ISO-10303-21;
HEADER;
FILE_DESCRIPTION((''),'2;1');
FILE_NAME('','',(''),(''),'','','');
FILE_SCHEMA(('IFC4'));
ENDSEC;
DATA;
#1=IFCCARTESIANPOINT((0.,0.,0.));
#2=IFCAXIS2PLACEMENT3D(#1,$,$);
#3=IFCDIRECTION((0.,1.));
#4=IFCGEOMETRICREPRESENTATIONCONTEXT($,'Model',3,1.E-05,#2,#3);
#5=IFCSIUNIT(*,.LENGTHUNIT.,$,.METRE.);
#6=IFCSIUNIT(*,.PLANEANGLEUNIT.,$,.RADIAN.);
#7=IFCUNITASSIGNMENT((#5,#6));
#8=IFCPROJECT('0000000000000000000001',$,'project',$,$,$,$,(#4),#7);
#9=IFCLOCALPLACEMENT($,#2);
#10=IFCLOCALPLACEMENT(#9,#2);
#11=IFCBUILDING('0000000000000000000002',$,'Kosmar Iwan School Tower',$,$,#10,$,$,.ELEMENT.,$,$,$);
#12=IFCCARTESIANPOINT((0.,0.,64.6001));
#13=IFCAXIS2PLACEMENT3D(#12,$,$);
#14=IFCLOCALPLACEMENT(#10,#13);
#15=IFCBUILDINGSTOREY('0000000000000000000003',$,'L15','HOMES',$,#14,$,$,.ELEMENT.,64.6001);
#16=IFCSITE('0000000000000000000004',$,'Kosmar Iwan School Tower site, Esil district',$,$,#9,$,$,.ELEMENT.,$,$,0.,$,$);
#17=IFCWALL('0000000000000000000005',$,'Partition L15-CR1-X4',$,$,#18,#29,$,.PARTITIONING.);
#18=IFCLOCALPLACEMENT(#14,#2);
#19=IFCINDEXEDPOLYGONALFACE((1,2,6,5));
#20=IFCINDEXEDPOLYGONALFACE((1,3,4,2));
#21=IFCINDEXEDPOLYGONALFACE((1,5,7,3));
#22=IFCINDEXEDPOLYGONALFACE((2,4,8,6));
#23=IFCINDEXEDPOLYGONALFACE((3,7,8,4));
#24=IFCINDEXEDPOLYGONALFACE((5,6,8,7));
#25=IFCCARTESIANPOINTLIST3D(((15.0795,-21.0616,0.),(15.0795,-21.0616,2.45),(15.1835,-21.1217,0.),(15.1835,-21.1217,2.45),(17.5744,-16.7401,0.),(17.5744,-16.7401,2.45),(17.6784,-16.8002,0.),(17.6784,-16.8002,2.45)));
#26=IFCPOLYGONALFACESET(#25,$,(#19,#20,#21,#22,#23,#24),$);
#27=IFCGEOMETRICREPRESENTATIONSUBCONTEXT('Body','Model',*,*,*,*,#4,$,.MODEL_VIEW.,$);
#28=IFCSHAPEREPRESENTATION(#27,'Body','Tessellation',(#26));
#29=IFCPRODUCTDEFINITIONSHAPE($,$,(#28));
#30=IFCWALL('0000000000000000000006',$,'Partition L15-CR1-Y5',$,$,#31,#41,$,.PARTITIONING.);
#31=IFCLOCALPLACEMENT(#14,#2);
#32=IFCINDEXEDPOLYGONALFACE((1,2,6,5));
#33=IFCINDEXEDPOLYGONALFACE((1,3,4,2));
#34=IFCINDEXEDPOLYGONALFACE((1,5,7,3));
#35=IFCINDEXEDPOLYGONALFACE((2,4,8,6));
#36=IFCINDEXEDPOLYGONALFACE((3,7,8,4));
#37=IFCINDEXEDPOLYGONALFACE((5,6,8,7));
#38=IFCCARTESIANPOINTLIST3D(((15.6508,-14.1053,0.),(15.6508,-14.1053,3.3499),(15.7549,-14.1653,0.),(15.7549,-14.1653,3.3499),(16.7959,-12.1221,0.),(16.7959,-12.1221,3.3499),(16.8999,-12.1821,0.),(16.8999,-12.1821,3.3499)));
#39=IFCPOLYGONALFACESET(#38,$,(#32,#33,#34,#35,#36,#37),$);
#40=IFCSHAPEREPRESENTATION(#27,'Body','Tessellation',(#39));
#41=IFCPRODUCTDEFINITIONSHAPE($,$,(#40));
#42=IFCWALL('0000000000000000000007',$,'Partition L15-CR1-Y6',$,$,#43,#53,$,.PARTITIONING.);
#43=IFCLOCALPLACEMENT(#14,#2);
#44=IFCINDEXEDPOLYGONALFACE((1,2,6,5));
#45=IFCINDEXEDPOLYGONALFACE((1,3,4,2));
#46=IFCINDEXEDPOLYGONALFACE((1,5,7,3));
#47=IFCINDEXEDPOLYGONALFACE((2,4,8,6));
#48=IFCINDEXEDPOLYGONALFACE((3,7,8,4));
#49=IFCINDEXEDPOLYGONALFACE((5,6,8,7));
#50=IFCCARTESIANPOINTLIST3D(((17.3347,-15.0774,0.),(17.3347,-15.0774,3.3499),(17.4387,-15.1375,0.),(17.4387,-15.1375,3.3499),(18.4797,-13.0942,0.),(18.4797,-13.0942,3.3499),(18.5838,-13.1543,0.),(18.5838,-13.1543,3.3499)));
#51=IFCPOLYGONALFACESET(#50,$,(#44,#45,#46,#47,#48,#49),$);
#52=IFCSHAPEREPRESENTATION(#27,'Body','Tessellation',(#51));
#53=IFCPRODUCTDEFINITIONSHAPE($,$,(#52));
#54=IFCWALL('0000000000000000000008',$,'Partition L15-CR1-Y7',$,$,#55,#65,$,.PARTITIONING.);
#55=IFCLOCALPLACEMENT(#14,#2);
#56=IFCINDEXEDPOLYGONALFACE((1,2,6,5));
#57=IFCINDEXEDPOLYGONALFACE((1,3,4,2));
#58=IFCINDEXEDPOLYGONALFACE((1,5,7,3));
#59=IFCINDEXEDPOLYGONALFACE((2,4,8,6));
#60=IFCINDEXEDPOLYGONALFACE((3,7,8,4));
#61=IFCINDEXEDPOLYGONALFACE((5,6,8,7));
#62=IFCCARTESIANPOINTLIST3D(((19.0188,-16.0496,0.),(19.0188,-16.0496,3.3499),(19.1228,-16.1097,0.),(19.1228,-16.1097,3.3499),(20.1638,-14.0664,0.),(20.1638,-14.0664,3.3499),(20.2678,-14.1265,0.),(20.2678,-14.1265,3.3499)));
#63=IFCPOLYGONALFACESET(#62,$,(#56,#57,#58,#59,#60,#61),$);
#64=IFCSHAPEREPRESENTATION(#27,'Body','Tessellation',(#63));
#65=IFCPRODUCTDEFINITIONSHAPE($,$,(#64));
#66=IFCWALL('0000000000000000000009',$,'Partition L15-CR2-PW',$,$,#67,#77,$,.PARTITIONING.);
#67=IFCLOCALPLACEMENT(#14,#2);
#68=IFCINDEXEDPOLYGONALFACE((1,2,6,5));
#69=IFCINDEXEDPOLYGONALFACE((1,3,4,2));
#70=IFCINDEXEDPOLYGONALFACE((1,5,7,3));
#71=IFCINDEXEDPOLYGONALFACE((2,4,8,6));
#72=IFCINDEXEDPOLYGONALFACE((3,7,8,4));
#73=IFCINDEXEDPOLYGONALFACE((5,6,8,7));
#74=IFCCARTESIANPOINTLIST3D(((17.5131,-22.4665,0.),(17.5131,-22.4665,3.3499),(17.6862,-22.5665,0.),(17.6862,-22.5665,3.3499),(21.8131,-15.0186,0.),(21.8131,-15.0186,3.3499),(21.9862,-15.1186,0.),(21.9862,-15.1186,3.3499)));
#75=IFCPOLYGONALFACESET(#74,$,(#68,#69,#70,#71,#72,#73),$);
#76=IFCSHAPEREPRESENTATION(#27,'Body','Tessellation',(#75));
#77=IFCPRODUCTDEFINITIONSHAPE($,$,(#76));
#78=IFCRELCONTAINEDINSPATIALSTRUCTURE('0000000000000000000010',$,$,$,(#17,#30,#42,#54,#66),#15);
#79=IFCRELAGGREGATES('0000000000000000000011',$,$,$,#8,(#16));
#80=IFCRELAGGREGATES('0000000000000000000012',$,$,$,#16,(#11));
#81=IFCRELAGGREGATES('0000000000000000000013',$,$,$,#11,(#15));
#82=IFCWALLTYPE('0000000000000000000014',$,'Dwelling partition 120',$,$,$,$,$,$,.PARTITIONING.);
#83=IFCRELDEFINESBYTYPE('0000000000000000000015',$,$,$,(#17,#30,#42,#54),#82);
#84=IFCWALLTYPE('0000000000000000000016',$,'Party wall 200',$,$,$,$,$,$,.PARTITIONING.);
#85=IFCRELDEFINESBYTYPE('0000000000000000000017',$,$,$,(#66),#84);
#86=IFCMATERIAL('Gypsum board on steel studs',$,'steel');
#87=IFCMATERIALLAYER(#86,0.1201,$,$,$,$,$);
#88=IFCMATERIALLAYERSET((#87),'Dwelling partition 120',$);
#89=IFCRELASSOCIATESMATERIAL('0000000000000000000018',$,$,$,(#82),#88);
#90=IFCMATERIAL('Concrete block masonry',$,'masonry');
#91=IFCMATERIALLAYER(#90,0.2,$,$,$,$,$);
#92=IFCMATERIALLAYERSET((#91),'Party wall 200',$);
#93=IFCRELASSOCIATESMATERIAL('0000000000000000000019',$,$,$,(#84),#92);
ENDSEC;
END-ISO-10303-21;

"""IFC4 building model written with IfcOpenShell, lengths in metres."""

from ifc_helpers import new_model, si_unit, direction, frame, frame_2d, origin, place, context, subcontext, project, spatial, rectangle, extrude, material, layer, layer_set, type_object, element, save


model = new_model("IFC4")

# Units and contexts
model_context = context("Model", 3, precision=1e-05, world=origin(), true_north=direction((0.0, 1.0)))
body_context = subcontext(model_context, "Body", "Model", "MODEL_VIEW")
ifc_project = project(units=[si_unit("LENGTHUNIT", "METRE"), si_unit("PLANEANGLEUNIT", "RADIAN")], contexts=[model_context])

# Site, building, storey
site_placement = place(None, origin())
site = spatial("IfcSite", under=ifc_project, at=site_placement, Name="Kosmar Iwan School Tower site, Esil district", CompositionType="ELEMENT", RefElevation=0.0)
building_placement = place(site_placement, origin())
building = spatial("IfcBuilding", under=site, at=building_placement, Name="Kosmar Iwan School Tower", CompositionType="ELEMENT")
storey_placement = place(building_placement, frame((0.0, 0.0, 64.6001)))
storey = spatial("IfcBuildingStorey", under=building, at=storey_placement, Name="L15", Description="HOMES", CompositionType="ELEMENT", Elevation=64.6001)

# Walls
ifc_material_1 = material(Name="Gypsum board on steel studs", Category="steel")
ifc_layer_1 = layer(ifc_material_1, 0.1201)
ifc_layer_set_1 = layer_set([ifc_layer_1], Name="Dwelling partition 120")
wall_type_1 = type_object("IfcWallType", Name="Dwelling partition 120", PredefinedType="PARTITIONING", material=ifc_layer_set_1)
wall_1_placement = place(storey_placement, frame((17.6265, -16.77, 0.0), z_axis=(0.0, 0.0, 1.0), x_axis=(-0.499975, -0.86604, 0.0)))
element("IfcWall", 1, at=wall_1_placement, inside=storey, type_object=wall_type_1, Name="Partition L15-CR1-X4", PredefinedType="PARTITIONING", context=body_context, shape_type="SweptSolid", body=[
    extrude(rectangle(XDim=4.99, YDim=0.1201, at=frame_2d((2.4951, 0.0))), origin(), (0.0, 0.0, 1.0), 2.45),
])
for number, where, z_axis, x_axis, name in (
    (2, (16.8479, -12.1521, 0.0), (0.0, 0.0, 1.0), (-0.500015, -0.866017, 0.0), "Partition L15-CR1-Y5"),
    (3, (18.5317, -13.1243, 0.0), (0.0, 0.0, 1.0), (-0.500015, -0.866017, 0.0), "Partition L15-CR1-Y6"),
    (4, (20.2158, -14.0964, 0.0), (0.0, 0.0, 1.0), (-0.500015, -0.866017, 0.0), "Partition L15-CR1-Y7"),
):
    element("IfcWall", number, at=place(storey_placement, frame(where, z_axis=z_axis, x_axis=x_axis)), inside=storey, type_object=wall_type_1, Name=name, PredefinedType="PARTITIONING", context=body_context, shape_type="SweptSolid", body=[
        extrude(rectangle(XDim=2.29, YDim=0.1201, at=frame_2d((1.145, 0.0))), origin(), (0.0, 0.0, 1.0), 3.3499),
    ])
ifc_material_2 = material(Name="Concrete block masonry", Category="masonry")
ifc_layer_2 = layer(ifc_material_2, 0.2)
ifc_layer_set_2 = layer_set([ifc_layer_2], Name="Party wall 200")
wall_type_2 = type_object("IfcWallType", Name="Party wall 200", PredefinedType="PARTITIONING", material=ifc_layer_set_2)
wall_2_placement = place(storey_placement, frame((21.8997, -15.0686, 0.0), z_axis=(0.0, 0.0, 1.0), x_axis=(-0.499995, -0.866028, 0.0)))
element("IfcWall", 5, at=wall_2_placement, inside=storey, type_object=wall_type_2, Name="Partition L15-CR2-PW", PredefinedType="PARTITIONING", context=body_context, shape_type="SweptSolid", body=[
    extrude(rectangle(XDim=8.6001, YDim=0.2, at=frame_2d((4.3, 0.0))), origin(), (0.0, 0.0, 1.0), 3.3499),
])

save(model, "model.ifc")
